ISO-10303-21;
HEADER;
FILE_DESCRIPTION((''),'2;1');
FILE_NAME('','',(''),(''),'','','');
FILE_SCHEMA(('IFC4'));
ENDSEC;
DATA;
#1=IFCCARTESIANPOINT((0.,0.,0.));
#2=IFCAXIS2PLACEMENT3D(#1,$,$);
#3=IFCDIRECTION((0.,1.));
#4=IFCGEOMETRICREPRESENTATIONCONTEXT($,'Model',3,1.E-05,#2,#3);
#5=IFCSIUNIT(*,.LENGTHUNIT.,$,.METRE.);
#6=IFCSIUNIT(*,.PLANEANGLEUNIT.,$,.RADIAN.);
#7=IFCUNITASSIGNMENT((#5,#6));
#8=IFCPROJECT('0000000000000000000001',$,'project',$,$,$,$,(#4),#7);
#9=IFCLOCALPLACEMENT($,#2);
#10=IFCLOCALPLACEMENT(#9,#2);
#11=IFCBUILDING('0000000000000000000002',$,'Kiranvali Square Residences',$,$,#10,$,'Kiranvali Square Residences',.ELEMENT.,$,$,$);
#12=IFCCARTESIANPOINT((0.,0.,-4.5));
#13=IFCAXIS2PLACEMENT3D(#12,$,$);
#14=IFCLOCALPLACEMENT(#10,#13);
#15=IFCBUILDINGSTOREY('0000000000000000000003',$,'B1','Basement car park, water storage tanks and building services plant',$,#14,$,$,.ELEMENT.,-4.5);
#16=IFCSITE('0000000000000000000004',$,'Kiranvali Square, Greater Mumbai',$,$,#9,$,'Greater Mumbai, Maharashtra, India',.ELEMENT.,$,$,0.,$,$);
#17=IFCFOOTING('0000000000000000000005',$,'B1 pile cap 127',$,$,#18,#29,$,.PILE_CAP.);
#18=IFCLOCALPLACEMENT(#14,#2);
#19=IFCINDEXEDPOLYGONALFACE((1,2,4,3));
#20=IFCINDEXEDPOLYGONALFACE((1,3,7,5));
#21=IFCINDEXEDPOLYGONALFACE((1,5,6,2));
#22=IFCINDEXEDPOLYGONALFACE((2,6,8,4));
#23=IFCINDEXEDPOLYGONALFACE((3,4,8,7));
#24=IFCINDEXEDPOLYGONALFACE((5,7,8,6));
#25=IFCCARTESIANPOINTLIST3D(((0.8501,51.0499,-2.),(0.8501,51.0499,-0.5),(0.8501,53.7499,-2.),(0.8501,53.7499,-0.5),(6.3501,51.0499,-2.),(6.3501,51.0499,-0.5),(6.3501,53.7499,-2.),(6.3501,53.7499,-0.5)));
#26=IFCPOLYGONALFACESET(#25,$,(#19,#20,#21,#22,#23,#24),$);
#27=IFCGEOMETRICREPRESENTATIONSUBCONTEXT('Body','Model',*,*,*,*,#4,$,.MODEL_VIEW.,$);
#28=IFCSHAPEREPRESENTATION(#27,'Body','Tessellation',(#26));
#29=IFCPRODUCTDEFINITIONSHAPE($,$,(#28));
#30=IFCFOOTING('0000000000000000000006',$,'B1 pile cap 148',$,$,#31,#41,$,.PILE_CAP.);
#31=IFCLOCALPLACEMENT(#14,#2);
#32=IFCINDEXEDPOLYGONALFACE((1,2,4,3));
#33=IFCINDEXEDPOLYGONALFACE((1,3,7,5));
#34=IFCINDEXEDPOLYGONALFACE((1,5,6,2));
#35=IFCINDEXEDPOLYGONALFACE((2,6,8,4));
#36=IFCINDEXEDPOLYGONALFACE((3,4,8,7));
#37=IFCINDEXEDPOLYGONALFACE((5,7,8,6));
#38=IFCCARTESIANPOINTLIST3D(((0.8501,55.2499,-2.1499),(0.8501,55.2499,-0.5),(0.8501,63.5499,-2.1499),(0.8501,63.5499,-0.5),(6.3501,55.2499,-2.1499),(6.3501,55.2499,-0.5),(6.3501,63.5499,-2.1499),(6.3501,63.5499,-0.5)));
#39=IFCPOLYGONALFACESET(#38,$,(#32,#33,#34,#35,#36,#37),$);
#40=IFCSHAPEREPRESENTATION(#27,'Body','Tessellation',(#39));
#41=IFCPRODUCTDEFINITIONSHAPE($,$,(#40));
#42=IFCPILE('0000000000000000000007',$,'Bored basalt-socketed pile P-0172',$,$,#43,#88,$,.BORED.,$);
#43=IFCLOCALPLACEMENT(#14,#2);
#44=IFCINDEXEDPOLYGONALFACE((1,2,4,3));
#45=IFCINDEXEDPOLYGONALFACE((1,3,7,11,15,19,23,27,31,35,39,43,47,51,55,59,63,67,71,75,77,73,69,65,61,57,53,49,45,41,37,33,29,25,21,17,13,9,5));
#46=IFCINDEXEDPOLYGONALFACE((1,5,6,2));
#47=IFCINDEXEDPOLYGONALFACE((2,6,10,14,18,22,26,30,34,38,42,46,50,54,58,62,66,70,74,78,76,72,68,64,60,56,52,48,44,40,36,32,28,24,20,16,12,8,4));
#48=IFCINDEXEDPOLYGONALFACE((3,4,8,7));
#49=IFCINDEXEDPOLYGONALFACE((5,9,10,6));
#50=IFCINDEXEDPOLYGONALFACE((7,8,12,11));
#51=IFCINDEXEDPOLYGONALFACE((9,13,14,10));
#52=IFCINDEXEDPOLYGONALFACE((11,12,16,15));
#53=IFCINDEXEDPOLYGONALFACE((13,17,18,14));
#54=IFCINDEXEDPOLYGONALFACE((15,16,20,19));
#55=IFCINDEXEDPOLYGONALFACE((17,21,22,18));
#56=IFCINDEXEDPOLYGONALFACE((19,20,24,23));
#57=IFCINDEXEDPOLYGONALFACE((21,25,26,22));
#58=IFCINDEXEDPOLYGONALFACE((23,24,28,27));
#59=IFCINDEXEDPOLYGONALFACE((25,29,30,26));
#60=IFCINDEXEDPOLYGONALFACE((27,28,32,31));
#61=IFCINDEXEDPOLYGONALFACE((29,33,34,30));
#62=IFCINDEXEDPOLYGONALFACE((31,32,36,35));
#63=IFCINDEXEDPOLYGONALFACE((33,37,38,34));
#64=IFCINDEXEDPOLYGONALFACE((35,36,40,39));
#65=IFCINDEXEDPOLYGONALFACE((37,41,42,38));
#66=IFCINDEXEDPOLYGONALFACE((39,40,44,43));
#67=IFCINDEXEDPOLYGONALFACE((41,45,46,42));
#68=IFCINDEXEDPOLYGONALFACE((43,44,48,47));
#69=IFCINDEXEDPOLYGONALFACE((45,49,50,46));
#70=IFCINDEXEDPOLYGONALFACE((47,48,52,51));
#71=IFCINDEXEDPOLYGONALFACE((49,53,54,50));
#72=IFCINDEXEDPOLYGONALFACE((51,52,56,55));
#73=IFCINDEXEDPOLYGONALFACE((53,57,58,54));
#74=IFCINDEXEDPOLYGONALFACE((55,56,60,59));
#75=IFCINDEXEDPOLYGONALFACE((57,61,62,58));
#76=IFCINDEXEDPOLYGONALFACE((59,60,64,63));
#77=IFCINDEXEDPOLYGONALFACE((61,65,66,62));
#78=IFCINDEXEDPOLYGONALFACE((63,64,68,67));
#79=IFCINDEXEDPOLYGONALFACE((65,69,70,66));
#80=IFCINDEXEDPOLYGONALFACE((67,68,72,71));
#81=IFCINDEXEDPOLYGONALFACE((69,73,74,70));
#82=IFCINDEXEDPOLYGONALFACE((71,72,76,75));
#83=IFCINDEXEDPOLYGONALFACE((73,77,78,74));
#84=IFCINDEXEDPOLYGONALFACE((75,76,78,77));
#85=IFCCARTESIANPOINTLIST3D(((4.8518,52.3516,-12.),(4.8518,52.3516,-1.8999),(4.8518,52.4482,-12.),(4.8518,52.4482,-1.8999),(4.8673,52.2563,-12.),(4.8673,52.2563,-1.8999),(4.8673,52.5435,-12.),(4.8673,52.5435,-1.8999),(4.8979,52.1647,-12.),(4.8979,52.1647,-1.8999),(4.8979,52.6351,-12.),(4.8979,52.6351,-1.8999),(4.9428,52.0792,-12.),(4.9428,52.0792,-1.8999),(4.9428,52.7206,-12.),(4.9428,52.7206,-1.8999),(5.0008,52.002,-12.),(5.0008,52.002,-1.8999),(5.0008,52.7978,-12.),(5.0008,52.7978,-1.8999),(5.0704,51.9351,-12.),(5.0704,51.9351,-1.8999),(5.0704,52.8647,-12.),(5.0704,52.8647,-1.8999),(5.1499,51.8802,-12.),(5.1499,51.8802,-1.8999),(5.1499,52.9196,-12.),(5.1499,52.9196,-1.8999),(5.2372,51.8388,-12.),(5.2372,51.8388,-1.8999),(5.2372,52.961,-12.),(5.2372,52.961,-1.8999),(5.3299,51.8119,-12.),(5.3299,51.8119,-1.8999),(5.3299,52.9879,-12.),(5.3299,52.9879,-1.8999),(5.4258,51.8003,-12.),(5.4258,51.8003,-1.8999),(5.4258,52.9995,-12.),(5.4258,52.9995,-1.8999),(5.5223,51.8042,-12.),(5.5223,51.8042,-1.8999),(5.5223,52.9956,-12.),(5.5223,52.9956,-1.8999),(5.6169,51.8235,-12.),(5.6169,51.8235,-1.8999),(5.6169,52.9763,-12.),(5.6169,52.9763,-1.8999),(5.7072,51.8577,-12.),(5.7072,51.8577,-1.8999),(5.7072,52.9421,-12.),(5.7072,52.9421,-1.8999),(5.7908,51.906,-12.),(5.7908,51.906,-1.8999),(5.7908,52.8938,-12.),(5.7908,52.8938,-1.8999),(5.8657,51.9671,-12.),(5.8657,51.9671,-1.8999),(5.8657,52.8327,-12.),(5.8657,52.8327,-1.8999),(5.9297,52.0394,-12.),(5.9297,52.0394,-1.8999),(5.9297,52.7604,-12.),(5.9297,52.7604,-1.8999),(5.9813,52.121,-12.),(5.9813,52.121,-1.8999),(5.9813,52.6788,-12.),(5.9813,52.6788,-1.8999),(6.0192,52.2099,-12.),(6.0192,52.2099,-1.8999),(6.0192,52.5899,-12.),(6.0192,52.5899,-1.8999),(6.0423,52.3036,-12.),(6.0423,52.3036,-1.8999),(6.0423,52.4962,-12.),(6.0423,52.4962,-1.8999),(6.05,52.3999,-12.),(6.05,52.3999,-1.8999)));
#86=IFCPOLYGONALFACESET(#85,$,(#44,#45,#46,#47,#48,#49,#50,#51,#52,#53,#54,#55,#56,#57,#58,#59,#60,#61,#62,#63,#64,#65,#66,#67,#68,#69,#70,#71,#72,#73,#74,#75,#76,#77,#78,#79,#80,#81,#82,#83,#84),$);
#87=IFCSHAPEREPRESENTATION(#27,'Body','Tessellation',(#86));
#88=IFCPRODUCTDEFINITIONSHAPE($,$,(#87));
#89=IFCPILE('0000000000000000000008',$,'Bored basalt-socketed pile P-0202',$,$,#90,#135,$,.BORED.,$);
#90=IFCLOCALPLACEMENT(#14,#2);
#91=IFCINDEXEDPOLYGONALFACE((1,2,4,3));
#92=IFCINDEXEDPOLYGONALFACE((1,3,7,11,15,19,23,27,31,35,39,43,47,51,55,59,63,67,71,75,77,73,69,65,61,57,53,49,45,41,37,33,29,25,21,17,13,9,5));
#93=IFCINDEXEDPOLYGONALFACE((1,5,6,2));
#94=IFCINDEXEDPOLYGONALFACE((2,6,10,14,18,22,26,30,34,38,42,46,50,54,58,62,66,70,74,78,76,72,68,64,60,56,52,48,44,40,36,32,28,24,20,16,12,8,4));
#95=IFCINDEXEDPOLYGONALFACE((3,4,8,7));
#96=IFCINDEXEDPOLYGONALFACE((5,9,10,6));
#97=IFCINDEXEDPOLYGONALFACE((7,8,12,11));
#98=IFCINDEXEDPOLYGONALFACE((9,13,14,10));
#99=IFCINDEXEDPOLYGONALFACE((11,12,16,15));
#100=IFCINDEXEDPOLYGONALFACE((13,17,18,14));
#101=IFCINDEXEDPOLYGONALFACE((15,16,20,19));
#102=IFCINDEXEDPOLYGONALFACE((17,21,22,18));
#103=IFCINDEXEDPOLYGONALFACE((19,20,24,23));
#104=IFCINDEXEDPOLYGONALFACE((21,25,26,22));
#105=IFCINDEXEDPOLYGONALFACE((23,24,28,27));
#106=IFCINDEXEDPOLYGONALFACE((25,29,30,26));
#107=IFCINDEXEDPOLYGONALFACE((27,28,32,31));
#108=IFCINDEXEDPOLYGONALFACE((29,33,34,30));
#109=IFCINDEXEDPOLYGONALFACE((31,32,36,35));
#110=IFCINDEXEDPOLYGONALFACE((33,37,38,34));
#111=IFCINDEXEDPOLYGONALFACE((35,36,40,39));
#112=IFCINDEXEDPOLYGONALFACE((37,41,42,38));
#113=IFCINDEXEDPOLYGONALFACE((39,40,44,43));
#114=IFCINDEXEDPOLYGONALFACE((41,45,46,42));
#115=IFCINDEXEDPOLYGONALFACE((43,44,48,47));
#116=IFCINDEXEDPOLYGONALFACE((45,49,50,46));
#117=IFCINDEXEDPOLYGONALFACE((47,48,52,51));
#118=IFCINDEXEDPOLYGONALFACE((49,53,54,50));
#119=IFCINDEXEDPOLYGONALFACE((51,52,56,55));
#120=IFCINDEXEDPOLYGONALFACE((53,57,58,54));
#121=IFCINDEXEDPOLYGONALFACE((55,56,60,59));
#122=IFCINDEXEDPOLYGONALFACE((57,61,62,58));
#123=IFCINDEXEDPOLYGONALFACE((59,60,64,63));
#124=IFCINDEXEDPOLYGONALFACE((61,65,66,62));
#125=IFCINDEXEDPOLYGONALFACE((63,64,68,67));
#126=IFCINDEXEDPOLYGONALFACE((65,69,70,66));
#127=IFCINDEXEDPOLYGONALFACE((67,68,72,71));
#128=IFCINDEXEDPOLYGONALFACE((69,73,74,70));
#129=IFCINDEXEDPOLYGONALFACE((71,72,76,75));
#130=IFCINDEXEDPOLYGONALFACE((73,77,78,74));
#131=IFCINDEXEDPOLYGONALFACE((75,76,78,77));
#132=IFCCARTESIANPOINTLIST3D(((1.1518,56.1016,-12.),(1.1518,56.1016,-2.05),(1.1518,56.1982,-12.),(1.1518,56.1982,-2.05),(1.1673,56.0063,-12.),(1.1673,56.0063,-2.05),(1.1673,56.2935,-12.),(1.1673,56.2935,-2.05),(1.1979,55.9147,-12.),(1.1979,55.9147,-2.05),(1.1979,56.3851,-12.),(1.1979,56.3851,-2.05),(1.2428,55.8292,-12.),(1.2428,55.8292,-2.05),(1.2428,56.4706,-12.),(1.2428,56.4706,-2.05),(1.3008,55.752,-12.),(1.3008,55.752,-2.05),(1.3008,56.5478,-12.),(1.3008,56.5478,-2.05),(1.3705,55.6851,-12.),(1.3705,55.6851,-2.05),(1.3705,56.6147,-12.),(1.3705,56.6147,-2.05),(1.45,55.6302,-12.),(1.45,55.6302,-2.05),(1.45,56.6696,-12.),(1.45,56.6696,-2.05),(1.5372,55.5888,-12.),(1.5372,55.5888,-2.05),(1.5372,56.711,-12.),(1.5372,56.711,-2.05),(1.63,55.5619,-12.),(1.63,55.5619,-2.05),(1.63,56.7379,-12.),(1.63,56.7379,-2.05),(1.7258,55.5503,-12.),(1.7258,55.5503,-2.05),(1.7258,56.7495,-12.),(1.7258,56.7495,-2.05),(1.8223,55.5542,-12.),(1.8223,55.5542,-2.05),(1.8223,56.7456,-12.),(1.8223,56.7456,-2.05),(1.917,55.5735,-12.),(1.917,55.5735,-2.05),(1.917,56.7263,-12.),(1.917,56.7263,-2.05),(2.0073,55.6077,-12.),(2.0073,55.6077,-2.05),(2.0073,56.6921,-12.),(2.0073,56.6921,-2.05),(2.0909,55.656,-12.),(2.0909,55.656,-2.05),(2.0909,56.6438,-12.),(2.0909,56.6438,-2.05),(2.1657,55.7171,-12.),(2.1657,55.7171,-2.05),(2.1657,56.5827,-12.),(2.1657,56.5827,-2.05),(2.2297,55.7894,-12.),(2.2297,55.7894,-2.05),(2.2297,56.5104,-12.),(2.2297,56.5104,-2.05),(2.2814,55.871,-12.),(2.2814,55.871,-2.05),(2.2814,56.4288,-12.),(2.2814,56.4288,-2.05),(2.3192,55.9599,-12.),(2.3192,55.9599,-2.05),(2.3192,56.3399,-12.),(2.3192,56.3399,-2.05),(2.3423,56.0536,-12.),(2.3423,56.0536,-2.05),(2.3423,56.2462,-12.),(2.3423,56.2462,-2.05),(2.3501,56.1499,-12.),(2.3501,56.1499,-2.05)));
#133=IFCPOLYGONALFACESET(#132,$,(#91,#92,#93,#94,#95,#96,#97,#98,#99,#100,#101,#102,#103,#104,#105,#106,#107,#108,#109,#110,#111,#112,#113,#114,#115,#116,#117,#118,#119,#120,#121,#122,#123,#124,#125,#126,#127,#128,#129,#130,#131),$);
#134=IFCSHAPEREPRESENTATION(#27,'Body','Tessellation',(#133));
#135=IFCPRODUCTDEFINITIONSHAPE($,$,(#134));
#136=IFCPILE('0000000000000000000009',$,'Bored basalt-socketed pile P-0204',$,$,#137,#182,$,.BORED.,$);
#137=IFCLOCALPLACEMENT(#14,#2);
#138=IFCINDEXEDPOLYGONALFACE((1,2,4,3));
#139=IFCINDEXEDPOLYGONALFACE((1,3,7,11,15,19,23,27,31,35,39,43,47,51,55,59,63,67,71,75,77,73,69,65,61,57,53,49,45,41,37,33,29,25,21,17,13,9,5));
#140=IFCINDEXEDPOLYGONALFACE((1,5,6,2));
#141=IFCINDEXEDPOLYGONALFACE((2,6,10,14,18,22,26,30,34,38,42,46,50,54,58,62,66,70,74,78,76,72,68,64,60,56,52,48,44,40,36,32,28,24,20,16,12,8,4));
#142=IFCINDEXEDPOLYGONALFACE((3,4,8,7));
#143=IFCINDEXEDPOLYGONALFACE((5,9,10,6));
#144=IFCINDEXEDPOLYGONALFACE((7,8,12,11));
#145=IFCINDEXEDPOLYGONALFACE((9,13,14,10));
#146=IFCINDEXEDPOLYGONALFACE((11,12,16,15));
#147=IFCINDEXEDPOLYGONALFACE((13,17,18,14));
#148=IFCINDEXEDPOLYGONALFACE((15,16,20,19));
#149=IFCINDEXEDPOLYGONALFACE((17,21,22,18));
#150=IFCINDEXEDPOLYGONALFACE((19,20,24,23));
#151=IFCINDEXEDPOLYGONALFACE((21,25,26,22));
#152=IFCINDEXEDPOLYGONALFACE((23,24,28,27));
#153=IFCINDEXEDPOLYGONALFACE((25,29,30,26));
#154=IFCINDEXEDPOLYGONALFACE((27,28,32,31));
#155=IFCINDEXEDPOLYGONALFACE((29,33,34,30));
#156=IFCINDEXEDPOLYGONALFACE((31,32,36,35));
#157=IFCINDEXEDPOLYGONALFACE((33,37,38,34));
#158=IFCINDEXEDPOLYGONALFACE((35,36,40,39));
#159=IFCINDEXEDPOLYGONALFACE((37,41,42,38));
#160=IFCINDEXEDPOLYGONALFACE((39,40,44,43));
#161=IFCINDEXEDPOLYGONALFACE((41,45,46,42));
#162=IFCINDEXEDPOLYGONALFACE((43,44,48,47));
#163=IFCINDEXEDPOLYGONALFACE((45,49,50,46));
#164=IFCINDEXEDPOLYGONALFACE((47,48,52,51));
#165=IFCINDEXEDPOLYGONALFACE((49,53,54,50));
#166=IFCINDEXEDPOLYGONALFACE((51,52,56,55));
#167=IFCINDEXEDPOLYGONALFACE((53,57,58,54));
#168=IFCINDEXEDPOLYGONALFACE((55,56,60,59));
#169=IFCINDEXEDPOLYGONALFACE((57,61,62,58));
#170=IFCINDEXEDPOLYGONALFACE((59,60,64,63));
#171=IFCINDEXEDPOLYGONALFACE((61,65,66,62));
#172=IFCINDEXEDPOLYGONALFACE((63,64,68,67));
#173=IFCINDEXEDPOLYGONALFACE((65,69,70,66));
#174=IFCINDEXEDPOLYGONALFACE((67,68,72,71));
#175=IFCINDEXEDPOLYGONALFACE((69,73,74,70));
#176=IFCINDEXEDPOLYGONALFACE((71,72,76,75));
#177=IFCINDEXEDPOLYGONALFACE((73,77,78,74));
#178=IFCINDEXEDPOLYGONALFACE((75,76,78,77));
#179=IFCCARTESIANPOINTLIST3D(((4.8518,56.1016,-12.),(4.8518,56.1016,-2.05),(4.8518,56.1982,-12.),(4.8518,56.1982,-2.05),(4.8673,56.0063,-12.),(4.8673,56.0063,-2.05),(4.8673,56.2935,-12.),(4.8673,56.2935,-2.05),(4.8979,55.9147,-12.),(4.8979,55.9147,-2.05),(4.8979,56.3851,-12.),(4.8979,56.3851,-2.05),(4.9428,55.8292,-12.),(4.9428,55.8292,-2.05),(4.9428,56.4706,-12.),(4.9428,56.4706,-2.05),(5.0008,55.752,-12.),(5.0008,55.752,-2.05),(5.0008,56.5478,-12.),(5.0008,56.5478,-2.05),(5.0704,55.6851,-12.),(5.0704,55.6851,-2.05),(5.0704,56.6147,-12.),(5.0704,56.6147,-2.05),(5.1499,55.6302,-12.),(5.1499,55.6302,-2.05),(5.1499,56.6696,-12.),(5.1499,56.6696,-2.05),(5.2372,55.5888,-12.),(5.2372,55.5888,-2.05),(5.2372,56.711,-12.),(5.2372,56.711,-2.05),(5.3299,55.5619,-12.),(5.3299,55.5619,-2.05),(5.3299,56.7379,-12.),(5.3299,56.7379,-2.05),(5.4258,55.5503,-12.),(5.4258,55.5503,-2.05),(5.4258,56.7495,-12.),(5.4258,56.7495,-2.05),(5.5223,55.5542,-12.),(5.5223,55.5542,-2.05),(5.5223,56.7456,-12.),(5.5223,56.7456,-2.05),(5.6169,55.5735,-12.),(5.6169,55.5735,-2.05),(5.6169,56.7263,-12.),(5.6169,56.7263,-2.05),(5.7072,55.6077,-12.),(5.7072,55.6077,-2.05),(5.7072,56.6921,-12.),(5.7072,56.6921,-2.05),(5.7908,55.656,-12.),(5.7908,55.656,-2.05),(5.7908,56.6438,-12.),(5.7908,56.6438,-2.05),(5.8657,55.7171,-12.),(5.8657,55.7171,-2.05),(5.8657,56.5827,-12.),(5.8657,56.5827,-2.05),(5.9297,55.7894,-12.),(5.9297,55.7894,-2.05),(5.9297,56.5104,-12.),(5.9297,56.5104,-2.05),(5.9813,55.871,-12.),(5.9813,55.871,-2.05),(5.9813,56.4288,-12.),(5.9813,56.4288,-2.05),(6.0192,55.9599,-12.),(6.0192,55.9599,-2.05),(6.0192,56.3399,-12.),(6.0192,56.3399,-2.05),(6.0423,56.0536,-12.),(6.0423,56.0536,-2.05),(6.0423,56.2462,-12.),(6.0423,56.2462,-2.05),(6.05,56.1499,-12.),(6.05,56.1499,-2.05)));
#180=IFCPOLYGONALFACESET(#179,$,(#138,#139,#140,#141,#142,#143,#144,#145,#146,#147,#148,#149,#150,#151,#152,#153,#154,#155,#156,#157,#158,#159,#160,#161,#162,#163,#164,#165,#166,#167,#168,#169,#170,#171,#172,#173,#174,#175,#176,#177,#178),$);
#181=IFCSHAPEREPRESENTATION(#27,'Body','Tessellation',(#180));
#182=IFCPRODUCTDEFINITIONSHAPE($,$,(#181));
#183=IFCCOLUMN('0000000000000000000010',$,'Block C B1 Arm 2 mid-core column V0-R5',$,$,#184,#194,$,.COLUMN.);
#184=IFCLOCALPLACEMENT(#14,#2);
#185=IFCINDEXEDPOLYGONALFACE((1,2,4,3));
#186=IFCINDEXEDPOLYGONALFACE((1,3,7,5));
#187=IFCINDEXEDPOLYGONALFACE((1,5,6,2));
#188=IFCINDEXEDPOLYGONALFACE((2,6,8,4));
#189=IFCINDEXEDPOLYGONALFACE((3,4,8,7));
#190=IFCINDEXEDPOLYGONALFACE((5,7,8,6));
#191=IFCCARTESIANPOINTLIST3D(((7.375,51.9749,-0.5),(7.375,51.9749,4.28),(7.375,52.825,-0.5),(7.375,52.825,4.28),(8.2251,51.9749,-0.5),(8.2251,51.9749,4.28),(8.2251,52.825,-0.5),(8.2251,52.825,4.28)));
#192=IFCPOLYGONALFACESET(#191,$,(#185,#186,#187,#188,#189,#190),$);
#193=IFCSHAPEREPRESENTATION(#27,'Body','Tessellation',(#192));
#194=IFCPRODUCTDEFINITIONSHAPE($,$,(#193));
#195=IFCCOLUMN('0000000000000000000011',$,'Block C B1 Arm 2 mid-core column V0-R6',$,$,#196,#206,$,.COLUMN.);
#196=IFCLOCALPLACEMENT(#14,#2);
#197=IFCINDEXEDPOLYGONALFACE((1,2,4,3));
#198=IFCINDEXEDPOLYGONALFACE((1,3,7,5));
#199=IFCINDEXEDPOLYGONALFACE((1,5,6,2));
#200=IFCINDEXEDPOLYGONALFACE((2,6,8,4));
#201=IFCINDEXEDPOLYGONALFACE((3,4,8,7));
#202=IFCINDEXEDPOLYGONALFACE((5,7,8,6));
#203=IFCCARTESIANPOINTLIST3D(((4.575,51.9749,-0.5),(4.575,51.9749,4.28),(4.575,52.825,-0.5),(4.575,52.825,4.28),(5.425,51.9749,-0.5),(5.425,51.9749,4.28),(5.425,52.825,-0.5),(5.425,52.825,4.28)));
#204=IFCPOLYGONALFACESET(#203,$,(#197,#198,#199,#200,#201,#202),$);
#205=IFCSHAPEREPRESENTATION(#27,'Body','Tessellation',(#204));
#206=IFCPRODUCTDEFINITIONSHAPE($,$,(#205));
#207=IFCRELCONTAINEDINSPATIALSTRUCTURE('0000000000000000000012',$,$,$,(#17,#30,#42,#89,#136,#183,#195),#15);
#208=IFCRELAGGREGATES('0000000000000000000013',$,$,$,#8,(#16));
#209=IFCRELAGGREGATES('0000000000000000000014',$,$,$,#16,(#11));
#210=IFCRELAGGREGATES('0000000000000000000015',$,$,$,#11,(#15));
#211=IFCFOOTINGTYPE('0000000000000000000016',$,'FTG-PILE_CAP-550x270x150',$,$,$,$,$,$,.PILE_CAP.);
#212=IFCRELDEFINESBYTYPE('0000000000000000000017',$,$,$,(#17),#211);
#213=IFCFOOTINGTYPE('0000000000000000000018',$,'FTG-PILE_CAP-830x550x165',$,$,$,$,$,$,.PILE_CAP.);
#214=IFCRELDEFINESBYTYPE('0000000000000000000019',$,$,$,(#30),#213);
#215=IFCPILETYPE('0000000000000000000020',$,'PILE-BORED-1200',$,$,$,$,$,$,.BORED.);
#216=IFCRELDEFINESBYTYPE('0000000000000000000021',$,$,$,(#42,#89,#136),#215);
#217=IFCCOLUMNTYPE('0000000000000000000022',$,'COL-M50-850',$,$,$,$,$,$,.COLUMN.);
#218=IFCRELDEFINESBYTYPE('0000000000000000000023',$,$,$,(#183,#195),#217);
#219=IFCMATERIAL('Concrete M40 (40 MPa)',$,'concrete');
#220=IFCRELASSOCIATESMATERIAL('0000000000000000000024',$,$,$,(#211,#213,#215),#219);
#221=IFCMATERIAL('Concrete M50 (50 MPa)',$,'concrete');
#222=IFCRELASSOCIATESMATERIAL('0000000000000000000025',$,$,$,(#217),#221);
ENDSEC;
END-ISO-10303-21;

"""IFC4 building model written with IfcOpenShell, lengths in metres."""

from ifc_helpers import new_model, si_unit, direction, frame, origin, origin_2d, place, context, subcontext, project, spatial, rectangle, circle, extrude, material, material_profile, profile_set, type_object, element, save


model = new_model("IFC4")

# Units and contexts
model_context = context("Model", 3, precision=1e-05, world=origin(), true_north=direction((0.0, 1.0)))
body_context = subcontext(model_context, "Body", "Model", "MODEL_VIEW")
ifc_project = project(units=[si_unit("LENGTHUNIT", "METRE"), si_unit("PLANEANGLEUNIT", "RADIAN")], contexts=[model_context])

# Site, building, storey
site_placement = place(None, origin())
site = spatial("IfcSite", under=ifc_project, at=site_placement, Name="Kiranvali Square, Greater Mumbai", LongName="Greater Mumbai, Maharashtra, India", CompositionType="ELEMENT", RefElevation=0.0)
building_placement = place(site_placement, origin())
building = spatial("IfcBuilding", under=site, at=building_placement, Name="Kiranvali Square Residences", LongName="Kiranvali Square Residences", CompositionType="ELEMENT")
storey_placement = place(building_placement, frame((0.0, 0.0, -4.5)))
storey = spatial("IfcBuildingStorey", under=building, at=storey_placement, Name="B1", Description="Basement car park, water storage tanks and building services plant", CompositionType="ELEMENT", Elevation=-4.5)

# Footings
ifc_material_1 = material(Name="Concrete M40 (40 MPa)", Category="concrete")
footing_type_1 = type_object("IfcFootingType", Name="FTG-PILE_CAP-550x270x150", PredefinedType="PILE_CAP", material=ifc_material_1)
footing_1_placement = place(storey_placement, frame((3.6001, 52.3999, -2.0), z_axis=(0.0, 0.0, 1.0), x_axis=(1.0, 0.0, 0.0)))
element("IfcFooting", 1, at=footing_1_placement, inside=storey, type_object=footing_type_1, Name="B1 pile cap 127", PredefinedType="PILE_CAP", context=body_context, shape_type="SweptSolid", body=[
    extrude(rectangle(XDim=5.5, YDim=2.7, at=origin_2d()), origin(), (0.0, 0.0, 1.0), 1.5),
])
footing_type_2 = type_object("IfcFootingType", Name="FTG-PILE_CAP-830x550x165", PredefinedType="PILE_CAP", material=ifc_material_1)
footing_2_placement = place(storey_placement, frame((3.6001, 59.3999, -2.1499), z_axis=(0.0, 0.0, 1.0), x_axis=(0.0, 1.0, 0.0)))
element("IfcFooting", 2, at=footing_2_placement, inside=storey, type_object=footing_type_2, Name="B1 pile cap 148", PredefinedType="PILE_CAP", context=body_context, shape_type="SweptSolid", body=[
    extrude(rectangle(XDim=8.3, YDim=5.5, at=origin_2d()), origin(), (0.0, 0.0, 1.0), 1.6499),
])

# Piles
ifc_material_profile_1 = material_profile(ifc_material_1, circle(Radius=0.6001, at=origin_2d()), Name="BORED PILE 1200")
ifc_profile_set_1 = profile_set([ifc_material_profile_1], Name="Concrete M40 (40 MPa)")
pile_type = type_object("IfcPileType", Name="PILE-BORED-1200", PredefinedType="BORED", material=ifc_profile_set_1)
pile_placement = place(storey_placement, frame((5.45, 52.3999, -1.8999), z_axis=(0.0, 0.0, -1.0), x_axis=(1.0, 0.0, 0.0)))
element("IfcPile", 3, at=pile_placement, inside=storey, type_object=pile_type, Name="Bored basalt-socketed pile P-0172", PredefinedType="BORED", context=body_context, shape_type="SweptSolid", body=[
    extrude(circle(Radius=0.6001, at=origin_2d()), origin(), (0.0, 0.0, 1.0), 10.1001),
])
for number, where, z_axis, x_axis, name in (
    (4, (1.75, 56.1499, -2.05), (0.0, 0.0, -1.0), (1.0, 0.0, 0.0), "Bored basalt-socketed pile P-0202"),
    (5, (5.45, 56.1499, -2.05), (0.0, 0.0, -1.0), (1.0, 0.0, 0.0), "Bored basalt-socketed pile P-0204"),
):
    element("IfcPile", number, at=place(storey_placement, frame(where, z_axis=z_axis, x_axis=x_axis)), inside=storey, type_object=pile_type, Name=name, PredefinedType="BORED", context=body_context, shape_type="SweptSolid", body=[
        extrude(circle(Radius=0.6001, at=origin_2d()), origin(), (0.0, 0.0, 1.0), 9.95),
    ])

# Columns
ifc_material_2 = material(Name="Concrete M50 (50 MPa)", Category="concrete")
ifc_material_profile_2 = material_profile(ifc_material_2, rectangle(XDim=0.8501, YDim=0.8501, at=origin_2d()), Name="RC 850x850")
ifc_profile_set_2 = profile_set([ifc_material_profile_2], Name="Concrete M50 (50 MPa)")
column_type = type_object("IfcColumnType", Name="COL-M50-850", PredefinedType="COLUMN", material=ifc_profile_set_2)
for number, where, z_axis, x_axis, name in (
    (6, (7.8, 52.3999, -0.5), (0.0, 0.0, 1.0), (1.0, 0.0, 0.0), "Block C B1 Arm 2 mid-core column V0-R5"),
    (7, (5.0, 52.3999, -0.5), (0.0, 0.0, 1.0), (1.0, 0.0, 0.0), "Block C B1 Arm 2 mid-core column V0-R6"),
):
    element("IfcColumn", number, at=place(storey_placement, frame(where, z_axis=z_axis, x_axis=x_axis)), inside=storey, type_object=column_type, Name=name, PredefinedType="COLUMN", context=body_context, shape_type="SweptSolid", body=[
        extrude(rectangle(XDim=0.8501, YDim=0.8501, at=origin_2d()), origin(), (0.0, 0.0, 1.0), 4.78),
    ])

save(model, "model.ifc")
